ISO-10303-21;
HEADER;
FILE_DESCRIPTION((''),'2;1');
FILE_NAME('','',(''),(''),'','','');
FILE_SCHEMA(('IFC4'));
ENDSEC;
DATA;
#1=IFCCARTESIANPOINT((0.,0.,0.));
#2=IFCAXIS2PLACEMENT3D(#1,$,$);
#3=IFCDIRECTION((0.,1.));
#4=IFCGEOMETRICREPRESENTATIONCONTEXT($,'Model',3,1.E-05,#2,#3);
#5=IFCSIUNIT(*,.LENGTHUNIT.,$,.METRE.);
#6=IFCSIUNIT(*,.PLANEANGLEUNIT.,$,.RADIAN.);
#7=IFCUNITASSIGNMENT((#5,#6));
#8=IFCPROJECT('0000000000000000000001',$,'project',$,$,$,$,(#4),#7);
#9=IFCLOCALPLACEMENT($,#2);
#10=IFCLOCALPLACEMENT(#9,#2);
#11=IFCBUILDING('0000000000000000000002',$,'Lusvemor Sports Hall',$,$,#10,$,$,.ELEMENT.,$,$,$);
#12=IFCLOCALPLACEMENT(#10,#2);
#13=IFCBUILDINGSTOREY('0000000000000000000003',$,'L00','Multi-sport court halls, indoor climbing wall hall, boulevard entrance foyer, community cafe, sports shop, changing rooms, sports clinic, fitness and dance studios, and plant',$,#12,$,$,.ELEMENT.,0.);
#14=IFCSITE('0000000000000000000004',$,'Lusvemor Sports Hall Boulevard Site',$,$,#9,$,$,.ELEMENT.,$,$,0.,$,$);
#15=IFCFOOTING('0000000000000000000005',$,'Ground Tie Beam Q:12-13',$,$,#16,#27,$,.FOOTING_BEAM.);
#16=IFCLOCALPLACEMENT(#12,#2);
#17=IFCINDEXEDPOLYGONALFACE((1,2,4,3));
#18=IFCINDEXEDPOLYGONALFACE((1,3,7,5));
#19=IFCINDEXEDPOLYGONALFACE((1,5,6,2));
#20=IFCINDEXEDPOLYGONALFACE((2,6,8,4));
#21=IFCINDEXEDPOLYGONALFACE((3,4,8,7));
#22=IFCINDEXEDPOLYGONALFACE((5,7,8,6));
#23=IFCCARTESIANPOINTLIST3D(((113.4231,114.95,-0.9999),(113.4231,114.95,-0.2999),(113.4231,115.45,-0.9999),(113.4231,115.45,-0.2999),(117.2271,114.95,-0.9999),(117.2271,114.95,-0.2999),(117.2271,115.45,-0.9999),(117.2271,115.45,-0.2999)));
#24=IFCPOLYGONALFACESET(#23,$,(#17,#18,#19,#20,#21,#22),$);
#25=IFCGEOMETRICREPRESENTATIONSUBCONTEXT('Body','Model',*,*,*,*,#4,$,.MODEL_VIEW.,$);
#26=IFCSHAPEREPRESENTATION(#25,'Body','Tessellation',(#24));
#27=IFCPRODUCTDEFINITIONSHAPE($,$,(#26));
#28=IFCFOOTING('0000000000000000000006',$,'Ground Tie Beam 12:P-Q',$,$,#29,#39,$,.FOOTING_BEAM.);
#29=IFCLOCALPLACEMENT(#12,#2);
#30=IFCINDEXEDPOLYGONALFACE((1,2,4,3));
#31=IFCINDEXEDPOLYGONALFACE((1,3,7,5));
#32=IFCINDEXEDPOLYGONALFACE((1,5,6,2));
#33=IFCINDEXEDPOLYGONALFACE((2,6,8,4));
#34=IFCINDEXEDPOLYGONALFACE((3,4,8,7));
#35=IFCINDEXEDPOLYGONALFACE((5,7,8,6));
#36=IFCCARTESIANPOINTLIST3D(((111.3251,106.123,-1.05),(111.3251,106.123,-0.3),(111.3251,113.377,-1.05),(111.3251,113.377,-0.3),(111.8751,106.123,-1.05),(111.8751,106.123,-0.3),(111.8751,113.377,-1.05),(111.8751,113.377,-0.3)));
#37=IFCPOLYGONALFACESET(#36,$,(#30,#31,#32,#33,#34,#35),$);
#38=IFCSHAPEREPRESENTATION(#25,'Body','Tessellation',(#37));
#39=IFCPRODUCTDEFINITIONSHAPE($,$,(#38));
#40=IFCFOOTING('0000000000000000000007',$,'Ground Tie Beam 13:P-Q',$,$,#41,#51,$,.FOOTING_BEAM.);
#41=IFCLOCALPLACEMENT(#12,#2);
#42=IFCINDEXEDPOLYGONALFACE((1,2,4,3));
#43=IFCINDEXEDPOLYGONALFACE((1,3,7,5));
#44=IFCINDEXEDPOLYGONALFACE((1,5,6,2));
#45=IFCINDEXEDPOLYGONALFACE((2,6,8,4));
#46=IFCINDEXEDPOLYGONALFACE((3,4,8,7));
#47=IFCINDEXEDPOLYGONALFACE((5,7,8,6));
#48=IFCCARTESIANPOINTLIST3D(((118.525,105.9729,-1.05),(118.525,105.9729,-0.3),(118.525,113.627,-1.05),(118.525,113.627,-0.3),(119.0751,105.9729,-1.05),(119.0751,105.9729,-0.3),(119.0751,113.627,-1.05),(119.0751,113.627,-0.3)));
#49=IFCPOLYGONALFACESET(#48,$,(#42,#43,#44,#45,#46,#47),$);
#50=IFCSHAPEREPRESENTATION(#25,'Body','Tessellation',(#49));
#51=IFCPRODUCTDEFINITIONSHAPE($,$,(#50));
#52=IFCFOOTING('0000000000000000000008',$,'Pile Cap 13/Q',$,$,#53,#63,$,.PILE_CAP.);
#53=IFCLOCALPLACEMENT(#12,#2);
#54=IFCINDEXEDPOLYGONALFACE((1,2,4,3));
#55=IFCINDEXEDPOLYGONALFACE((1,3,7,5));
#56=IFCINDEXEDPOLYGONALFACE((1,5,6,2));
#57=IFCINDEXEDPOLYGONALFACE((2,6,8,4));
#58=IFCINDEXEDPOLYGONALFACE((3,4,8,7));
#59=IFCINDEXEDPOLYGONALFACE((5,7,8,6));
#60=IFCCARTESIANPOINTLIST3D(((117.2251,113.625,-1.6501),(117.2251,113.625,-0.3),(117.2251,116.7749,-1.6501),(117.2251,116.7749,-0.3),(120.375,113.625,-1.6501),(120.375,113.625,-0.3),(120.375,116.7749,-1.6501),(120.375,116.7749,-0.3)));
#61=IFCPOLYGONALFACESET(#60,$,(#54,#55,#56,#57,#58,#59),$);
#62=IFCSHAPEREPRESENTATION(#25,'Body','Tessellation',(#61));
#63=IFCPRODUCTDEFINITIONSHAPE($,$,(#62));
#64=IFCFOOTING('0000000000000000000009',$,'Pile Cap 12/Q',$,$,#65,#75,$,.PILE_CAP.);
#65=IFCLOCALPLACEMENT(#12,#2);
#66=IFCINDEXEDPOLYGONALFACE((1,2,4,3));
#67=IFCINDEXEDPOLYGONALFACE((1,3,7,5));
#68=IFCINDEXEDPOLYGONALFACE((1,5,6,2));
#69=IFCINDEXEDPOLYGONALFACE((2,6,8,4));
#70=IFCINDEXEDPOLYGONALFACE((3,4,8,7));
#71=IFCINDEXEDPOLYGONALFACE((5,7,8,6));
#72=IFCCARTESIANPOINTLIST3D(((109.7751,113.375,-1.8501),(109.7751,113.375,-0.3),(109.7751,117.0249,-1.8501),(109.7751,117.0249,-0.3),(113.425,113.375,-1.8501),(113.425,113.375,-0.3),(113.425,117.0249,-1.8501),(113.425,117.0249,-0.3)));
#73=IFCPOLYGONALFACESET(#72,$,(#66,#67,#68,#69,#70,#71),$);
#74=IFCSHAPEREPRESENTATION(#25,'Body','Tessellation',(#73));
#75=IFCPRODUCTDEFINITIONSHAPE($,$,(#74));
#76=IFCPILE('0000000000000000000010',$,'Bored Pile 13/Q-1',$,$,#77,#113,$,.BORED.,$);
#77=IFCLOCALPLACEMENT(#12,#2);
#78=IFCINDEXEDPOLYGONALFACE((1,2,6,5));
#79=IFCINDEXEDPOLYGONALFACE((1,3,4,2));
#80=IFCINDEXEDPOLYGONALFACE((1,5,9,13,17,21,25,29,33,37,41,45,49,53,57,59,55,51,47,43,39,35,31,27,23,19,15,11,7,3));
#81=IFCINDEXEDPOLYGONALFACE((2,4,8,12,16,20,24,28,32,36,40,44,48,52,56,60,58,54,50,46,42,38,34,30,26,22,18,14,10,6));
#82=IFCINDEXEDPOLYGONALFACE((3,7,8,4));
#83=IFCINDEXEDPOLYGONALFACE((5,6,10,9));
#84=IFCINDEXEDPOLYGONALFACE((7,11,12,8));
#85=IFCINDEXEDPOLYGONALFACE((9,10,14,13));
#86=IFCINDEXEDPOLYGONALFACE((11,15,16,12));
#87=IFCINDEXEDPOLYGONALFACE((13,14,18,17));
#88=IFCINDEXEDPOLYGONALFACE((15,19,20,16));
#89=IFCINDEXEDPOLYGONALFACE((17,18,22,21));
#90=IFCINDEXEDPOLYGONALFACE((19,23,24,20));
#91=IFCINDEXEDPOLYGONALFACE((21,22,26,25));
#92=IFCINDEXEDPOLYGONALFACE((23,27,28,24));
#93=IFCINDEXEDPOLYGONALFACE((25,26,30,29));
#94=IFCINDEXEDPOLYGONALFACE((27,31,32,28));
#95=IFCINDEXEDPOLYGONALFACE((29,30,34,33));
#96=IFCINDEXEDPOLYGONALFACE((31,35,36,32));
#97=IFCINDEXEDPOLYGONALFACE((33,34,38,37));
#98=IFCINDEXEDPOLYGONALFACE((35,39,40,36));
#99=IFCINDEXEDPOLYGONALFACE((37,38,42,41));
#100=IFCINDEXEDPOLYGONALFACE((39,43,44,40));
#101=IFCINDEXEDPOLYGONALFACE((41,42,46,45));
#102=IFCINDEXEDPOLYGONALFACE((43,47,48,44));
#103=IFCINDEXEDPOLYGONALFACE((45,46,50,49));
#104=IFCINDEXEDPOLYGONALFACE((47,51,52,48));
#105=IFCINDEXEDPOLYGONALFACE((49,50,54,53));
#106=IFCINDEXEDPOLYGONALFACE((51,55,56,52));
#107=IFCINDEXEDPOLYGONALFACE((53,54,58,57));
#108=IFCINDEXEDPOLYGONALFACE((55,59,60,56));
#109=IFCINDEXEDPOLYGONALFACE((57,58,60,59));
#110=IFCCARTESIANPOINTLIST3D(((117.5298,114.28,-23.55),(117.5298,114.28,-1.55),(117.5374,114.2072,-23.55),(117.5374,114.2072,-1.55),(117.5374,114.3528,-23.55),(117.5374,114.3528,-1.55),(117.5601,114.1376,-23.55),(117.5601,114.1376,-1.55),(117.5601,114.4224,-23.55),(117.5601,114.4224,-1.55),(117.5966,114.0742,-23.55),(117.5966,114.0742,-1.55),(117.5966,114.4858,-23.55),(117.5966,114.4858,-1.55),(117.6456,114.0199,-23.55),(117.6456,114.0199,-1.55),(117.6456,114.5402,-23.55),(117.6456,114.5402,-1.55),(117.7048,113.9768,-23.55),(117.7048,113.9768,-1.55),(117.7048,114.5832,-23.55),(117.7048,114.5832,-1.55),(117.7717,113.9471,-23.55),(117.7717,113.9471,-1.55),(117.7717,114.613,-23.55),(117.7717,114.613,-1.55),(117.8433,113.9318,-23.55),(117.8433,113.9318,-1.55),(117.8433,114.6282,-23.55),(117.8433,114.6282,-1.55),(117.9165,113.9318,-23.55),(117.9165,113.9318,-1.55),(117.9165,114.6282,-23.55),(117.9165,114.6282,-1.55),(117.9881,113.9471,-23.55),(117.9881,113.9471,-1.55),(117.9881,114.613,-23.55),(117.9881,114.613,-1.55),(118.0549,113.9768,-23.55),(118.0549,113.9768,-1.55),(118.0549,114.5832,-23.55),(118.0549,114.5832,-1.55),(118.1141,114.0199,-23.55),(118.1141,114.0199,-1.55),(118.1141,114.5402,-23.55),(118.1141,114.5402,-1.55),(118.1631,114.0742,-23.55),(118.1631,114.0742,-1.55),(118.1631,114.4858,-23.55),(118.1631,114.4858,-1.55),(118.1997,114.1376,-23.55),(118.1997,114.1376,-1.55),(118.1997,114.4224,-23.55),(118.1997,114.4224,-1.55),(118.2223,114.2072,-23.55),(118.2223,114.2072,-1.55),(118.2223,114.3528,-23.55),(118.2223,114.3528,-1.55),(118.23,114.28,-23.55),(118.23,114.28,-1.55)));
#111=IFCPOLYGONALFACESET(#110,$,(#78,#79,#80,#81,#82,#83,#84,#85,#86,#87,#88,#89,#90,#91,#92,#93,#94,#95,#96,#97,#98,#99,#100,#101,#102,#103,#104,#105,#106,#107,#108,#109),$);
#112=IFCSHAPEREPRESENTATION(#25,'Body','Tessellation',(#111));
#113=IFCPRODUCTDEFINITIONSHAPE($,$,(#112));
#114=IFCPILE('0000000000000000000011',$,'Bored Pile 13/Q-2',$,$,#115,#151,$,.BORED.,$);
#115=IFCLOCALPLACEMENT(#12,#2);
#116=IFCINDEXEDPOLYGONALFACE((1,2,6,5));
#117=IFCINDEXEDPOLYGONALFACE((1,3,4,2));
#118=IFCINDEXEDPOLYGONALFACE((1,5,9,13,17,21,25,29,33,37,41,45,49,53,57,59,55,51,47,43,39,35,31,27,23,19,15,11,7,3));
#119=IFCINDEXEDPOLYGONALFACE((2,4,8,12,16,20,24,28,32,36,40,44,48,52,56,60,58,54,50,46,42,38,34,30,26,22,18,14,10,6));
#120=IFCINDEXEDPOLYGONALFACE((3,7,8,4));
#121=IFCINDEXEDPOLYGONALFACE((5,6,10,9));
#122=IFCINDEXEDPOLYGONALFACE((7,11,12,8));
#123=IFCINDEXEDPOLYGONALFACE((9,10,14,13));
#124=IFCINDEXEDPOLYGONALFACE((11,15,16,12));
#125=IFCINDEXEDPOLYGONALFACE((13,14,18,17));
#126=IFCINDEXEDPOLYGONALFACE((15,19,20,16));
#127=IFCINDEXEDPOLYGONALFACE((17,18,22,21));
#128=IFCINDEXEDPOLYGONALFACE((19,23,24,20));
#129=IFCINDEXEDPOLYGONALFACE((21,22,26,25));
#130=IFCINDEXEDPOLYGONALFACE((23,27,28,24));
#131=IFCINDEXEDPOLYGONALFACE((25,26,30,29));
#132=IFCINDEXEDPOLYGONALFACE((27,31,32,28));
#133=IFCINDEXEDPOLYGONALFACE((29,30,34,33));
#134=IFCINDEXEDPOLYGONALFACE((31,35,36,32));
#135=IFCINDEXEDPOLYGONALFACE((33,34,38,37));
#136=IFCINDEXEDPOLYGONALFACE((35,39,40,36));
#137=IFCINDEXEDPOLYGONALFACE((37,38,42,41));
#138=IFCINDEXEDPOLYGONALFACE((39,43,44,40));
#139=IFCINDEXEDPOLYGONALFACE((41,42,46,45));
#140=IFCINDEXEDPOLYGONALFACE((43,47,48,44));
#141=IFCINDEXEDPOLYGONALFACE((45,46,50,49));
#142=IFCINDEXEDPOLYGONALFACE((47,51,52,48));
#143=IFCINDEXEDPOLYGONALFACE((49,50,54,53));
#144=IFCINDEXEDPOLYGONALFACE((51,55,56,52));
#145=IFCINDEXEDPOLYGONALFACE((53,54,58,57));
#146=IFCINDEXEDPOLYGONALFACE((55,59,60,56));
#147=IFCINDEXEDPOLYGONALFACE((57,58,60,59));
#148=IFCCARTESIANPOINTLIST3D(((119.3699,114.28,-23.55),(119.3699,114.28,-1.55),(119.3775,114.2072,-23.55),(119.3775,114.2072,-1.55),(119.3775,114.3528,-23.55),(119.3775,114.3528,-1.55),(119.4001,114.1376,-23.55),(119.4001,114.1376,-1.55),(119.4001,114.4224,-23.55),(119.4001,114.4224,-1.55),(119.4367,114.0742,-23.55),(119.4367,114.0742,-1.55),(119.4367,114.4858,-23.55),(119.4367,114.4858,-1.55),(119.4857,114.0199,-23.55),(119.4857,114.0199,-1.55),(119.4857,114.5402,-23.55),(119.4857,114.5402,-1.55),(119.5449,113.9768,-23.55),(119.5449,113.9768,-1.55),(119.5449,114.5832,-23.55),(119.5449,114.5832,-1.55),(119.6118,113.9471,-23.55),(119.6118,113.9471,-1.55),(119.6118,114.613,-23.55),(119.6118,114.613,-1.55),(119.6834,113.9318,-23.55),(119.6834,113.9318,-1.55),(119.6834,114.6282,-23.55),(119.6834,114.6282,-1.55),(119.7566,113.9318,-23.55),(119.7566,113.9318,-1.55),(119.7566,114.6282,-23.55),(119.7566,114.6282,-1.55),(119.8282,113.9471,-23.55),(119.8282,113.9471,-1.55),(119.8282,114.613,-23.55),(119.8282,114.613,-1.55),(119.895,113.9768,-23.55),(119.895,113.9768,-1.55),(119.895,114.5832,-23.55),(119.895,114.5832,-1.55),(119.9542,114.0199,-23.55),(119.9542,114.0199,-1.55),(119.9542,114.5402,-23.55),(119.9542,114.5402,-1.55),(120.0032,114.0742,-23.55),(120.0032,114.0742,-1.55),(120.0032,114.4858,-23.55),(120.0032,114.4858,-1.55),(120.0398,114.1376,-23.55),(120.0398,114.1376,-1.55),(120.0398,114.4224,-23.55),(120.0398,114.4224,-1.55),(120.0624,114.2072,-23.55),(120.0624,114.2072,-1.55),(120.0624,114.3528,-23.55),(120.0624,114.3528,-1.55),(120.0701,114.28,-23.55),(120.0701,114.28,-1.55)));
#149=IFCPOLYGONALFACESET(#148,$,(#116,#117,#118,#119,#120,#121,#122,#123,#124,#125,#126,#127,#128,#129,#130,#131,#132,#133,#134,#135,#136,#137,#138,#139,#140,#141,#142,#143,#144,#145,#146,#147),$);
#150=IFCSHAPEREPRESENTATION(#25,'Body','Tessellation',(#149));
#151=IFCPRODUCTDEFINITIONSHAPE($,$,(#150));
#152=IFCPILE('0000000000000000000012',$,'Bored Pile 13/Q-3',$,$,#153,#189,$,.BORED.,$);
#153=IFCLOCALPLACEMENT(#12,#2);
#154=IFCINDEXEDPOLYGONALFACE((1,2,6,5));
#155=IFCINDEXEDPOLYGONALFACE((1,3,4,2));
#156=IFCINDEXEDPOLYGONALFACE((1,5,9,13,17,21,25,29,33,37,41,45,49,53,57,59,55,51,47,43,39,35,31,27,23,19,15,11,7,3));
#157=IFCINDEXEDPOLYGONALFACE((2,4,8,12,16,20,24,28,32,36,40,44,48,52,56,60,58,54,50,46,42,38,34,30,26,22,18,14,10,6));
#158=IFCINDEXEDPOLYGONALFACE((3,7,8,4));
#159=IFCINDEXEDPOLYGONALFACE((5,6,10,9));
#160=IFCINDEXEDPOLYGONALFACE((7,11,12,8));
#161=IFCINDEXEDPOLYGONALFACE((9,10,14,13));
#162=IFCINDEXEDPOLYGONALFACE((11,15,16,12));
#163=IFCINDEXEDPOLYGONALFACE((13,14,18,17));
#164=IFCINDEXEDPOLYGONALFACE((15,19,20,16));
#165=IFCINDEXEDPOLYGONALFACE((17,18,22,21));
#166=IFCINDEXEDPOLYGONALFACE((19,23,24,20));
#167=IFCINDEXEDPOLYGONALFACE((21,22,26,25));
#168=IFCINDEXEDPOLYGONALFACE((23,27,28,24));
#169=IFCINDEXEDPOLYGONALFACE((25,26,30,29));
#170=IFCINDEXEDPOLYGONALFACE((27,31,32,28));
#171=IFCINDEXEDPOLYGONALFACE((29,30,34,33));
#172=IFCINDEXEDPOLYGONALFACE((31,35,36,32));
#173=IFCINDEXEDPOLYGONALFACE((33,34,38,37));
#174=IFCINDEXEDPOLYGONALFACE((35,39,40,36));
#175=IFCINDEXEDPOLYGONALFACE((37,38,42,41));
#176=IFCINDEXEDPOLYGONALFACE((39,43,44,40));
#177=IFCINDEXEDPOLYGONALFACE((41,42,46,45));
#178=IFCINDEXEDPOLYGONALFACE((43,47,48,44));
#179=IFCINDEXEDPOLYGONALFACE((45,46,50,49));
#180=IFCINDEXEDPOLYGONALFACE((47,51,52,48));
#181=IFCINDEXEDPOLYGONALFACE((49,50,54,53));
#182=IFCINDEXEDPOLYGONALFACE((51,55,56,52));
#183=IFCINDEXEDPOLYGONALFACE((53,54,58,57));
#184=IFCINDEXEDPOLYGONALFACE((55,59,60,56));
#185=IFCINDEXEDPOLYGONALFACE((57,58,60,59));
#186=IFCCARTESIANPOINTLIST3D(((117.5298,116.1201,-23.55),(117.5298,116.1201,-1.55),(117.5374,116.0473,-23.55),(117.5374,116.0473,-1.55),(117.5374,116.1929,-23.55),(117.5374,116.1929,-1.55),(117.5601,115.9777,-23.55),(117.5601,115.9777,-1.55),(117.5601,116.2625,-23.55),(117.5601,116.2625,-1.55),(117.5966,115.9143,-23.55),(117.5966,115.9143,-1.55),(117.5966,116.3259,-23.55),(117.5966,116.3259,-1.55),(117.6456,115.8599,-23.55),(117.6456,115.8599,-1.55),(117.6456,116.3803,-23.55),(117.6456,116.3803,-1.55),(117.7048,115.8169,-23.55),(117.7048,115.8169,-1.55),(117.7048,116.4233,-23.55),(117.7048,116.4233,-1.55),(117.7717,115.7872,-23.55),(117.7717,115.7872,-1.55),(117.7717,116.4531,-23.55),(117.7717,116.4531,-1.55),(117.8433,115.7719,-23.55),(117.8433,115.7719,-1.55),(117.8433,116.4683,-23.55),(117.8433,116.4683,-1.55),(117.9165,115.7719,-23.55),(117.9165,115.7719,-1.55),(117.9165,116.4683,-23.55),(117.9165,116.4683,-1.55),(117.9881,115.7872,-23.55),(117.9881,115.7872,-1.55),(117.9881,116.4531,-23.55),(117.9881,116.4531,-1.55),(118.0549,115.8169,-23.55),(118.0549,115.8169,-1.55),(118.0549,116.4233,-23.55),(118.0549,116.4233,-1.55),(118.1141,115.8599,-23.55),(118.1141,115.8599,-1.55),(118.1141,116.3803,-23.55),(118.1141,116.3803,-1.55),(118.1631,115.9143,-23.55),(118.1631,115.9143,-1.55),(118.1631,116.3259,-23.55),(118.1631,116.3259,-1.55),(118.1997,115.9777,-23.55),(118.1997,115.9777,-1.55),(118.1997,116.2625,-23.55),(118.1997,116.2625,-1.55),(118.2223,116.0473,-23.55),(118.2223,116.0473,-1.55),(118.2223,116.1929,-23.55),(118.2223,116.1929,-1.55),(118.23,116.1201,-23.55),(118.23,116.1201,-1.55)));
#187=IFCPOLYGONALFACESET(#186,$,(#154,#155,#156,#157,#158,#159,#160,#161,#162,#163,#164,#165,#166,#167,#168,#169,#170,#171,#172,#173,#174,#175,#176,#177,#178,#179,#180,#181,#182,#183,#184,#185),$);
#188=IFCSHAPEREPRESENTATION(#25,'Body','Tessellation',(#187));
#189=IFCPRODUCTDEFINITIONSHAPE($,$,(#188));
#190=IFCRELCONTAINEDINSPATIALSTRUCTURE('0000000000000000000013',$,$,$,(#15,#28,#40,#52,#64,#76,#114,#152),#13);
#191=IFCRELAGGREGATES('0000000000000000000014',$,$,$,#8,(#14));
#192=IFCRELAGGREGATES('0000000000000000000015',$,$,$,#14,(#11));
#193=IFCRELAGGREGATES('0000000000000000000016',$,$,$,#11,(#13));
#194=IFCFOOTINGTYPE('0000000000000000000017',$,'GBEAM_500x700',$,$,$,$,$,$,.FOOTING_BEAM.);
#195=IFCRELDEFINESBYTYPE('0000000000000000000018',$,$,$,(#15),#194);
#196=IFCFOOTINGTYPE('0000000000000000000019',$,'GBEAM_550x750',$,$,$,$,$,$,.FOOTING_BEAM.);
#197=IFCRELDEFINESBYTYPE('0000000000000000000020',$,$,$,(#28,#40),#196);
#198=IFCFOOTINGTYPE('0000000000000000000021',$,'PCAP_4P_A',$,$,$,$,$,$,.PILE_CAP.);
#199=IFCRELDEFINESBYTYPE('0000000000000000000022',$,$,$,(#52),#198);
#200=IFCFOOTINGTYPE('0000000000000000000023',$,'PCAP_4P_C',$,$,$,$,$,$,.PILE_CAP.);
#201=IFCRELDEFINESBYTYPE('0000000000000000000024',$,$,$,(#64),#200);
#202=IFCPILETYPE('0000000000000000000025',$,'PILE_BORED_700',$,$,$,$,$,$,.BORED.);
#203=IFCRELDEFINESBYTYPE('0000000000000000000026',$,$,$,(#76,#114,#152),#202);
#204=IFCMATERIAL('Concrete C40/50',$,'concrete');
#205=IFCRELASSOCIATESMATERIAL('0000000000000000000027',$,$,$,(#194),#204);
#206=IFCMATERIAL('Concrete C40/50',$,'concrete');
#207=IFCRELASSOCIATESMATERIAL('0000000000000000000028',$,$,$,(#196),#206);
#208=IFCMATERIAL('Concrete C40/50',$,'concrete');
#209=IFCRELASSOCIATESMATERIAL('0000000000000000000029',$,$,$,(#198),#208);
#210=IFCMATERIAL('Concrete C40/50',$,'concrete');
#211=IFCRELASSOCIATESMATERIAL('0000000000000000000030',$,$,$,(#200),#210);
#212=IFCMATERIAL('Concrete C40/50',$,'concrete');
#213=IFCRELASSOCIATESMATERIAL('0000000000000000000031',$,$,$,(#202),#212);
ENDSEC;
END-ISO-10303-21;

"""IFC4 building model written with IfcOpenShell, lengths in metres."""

from ifc_helpers import new_model, si_unit, direction, frame, origin, origin_2d, place, context, subcontext, project, spatial, rectangle, circle, extrude, material, material_profile, profile_set, type_object, element, save


model = new_model("IFC4")

# Units and contexts
model_context = context("Model", 3, precision=1e-05, world=origin(), true_north=direction((0.0, 1.0)))
body_context = subcontext(model_context, "Body", "Model", "MODEL_VIEW")
ifc_project = project(units=[si_unit("LENGTHUNIT", "METRE"), si_unit("PLANEANGLEUNIT", "RADIAN")], contexts=[model_context])

# Site, building, storey
site_placement = place(None, origin())
site = spatial("IfcSite", under=ifc_project, at=site_placement, Name="Lusvemor Sports Hall Boulevard Site", CompositionType="ELEMENT", RefElevation=0.0)
building_placement = place(site_placement, origin())
building = spatial("IfcBuilding", under=site, at=building_placement, Name="Lusvemor Sports Hall", CompositionType="ELEMENT")
storey_placement = place(building_placement, origin())
storey = spatial("IfcBuildingStorey", under=building, at=storey_placement, Name="L00", Description="Multi-sport court halls, indoor climbing wall hall, boulevard entrance foyer, community cafe, sports shop, changing rooms, sports clinic, fitness and dance studios, and plant", CompositionType="ELEMENT", Elevation=0.0)

# Footings
ifc_material_1 = material(Name="Concrete C40/50", Category="concrete")
ifc_material_profile_1 = material_profile(ifc_material_1, rectangle(XDim=0.5, YDim=0.7, at=origin_2d()), Name="GB_500x700")
ifc_profile_set_1 = profile_set([ifc_material_profile_1], Name="Concrete C40/50")
footing_type_1 = type_object("IfcFootingType", Name="GBEAM_500x700", PredefinedType="FOOTING_BEAM", material=ifc_profile_set_1)
footing_1_placement = place(storey_placement, frame((113.4231, 115.2, -0.6499), z_axis=(1.0, 0.0, 0.0), x_axis=(0.0, 1.0, 0.0)))
element("IfcFooting", 1, at=footing_1_placement, inside=storey, type_object=footing_type_1, Name="Ground Tie Beam Q:12-13", PredefinedType="FOOTING_BEAM", context=body_context, shape_type="SweptSolid", body=[
    extrude(rectangle(XDim=0.5, YDim=0.7, at=origin_2d()), origin(), (0.0, 0.0, 1.0), 3.804),
])
ifc_material_2 = material(Name="Concrete C40/50", Category="concrete")
ifc_material_profile_2 = material_profile(ifc_material_2, rectangle(XDim=0.55, YDim=0.75, at=origin_2d()), Name="GB_550x750")
ifc_profile_set_2 = profile_set([ifc_material_profile_2], Name="Concrete C40/50")
footing_type_2 = type_object("IfcFootingType", Name="GBEAM_550x750", PredefinedType="FOOTING_BEAM", material=ifc_profile_set_2)
footing_2_placement = place(storey_placement, frame((111.6001, 106.123, -0.675), z_axis=(0.0, 1.0, 0.0), x_axis=(-1.0, 0.0, 0.0)))
element("IfcFooting", 2, at=footing_2_placement, inside=storey, type_object=footing_type_2, Name="Ground Tie Beam 12:P-Q", PredefinedType="FOOTING_BEAM", context=body_context, shape_type="SweptSolid", body=[
    extrude(rectangle(XDim=0.55, YDim=0.75, at=origin_2d()), origin(), (0.0, 0.0, 1.0), 7.2539),
])
footing_3_placement = place(storey_placement, frame((118.8, 105.9729, -0.675), z_axis=(0.0, 1.0, 0.0), x_axis=(-1.0, 0.0, 0.0)))
element("IfcFooting", 3, at=footing_3_placement, inside=storey, type_object=footing_type_2, Name="Ground Tie Beam 13:P-Q", PredefinedType="FOOTING_BEAM", context=body_context, shape_type="SweptSolid", body=[
    extrude(rectangle(XDim=0.55, YDim=0.75, at=origin_2d()), origin(), (0.0, 0.0, 1.0), 7.6541),
])
ifc_material_3 = material(Name="Concrete C40/50", Category="concrete")
footing_type_3 = type_object("IfcFootingType", Name="PCAP_4P_A", PredefinedType="PILE_CAP", material=ifc_material_3)
footing_4_placement = place(storey_placement, frame((118.8, 115.2, -1.6501), z_axis=(0.0, 0.0, 1.0), x_axis=(1.0, 0.0, 0.0)))
element("IfcFooting", 4, at=footing_4_placement, inside=storey, type_object=footing_type_3, Name="Pile Cap 13/Q", PredefinedType="PILE_CAP", context=body_context, shape_type="SweptSolid", body=[
    extrude(rectangle(XDim=3.1499, YDim=3.1499, at=origin_2d()), origin(), (0.0, 0.0, 1.0), 1.3501),
])
ifc_material_4 = material(Name="Concrete C40/50", Category="concrete")
footing_type_4 = type_object("IfcFootingType", Name="PCAP_4P_C", PredefinedType="PILE_CAP", material=ifc_material_4)
footing_5_placement = place(storey_placement, frame((111.6001, 115.2, -1.8501), z_axis=(0.0, 0.0, 1.0), x_axis=(1.0, 0.0, 0.0)))
element("IfcFooting", 5, at=footing_5_placement, inside=storey, type_object=footing_type_4, Name="Pile Cap 12/Q", PredefinedType="PILE_CAP", context=body_context, shape_type="SweptSolid", body=[
    extrude(rectangle(XDim=3.6499, YDim=3.6499, at=origin_2d()), origin(), (0.0, 0.0, 1.0), 1.55),
])

# Piles
ifc_material_5 = material(Name="Concrete C40/50", Category="concrete")
ifc_material_profile_3 = material_profile(ifc_material_5, circle(Radius=0.3501, at=origin_2d()), Name="PILE700")
ifc_profile_set_3 = profile_set([ifc_material_profile_3], Name="Concrete C40/50")
pile_type_1 = type_object("IfcPileType", Name="PILE_BORED_700", PredefinedType="BORED", material=ifc_profile_set_3)
for number, where, z_axis, x_axis, name in (
    (6, (117.8799, 114.28, -1.55), (0.0, 0.0, -1.0), (1.0, 0.0, 0.0), "Bored Pile 13/Q-1"),
    (7, (119.72, 114.28, -1.55), (0.0, 0.0, -1.0), (1.0, 0.0, 0.0), "Bored Pile 13/Q-2"),
    (8, (117.8799, 116.1201, -1.55), (0.0, 0.0, -1.0), (1.0, 0.0, 0.0), "Bored Pile 13/Q-3"),
):
    element("IfcPile", number, at=place(storey_placement, frame(where, z_axis=z_axis, x_axis=x_axis)), inside=storey, type_object=pile_type_1, Name=name, PredefinedType="BORED", context=body_context, shape_type="SweptSolid", body=[
        extrude(circle(Radius=0.3501, at=origin_2d()), origin(), (0.0, 0.0, 1.0), 22.0),
    ])

save(model, "model.ifc")
